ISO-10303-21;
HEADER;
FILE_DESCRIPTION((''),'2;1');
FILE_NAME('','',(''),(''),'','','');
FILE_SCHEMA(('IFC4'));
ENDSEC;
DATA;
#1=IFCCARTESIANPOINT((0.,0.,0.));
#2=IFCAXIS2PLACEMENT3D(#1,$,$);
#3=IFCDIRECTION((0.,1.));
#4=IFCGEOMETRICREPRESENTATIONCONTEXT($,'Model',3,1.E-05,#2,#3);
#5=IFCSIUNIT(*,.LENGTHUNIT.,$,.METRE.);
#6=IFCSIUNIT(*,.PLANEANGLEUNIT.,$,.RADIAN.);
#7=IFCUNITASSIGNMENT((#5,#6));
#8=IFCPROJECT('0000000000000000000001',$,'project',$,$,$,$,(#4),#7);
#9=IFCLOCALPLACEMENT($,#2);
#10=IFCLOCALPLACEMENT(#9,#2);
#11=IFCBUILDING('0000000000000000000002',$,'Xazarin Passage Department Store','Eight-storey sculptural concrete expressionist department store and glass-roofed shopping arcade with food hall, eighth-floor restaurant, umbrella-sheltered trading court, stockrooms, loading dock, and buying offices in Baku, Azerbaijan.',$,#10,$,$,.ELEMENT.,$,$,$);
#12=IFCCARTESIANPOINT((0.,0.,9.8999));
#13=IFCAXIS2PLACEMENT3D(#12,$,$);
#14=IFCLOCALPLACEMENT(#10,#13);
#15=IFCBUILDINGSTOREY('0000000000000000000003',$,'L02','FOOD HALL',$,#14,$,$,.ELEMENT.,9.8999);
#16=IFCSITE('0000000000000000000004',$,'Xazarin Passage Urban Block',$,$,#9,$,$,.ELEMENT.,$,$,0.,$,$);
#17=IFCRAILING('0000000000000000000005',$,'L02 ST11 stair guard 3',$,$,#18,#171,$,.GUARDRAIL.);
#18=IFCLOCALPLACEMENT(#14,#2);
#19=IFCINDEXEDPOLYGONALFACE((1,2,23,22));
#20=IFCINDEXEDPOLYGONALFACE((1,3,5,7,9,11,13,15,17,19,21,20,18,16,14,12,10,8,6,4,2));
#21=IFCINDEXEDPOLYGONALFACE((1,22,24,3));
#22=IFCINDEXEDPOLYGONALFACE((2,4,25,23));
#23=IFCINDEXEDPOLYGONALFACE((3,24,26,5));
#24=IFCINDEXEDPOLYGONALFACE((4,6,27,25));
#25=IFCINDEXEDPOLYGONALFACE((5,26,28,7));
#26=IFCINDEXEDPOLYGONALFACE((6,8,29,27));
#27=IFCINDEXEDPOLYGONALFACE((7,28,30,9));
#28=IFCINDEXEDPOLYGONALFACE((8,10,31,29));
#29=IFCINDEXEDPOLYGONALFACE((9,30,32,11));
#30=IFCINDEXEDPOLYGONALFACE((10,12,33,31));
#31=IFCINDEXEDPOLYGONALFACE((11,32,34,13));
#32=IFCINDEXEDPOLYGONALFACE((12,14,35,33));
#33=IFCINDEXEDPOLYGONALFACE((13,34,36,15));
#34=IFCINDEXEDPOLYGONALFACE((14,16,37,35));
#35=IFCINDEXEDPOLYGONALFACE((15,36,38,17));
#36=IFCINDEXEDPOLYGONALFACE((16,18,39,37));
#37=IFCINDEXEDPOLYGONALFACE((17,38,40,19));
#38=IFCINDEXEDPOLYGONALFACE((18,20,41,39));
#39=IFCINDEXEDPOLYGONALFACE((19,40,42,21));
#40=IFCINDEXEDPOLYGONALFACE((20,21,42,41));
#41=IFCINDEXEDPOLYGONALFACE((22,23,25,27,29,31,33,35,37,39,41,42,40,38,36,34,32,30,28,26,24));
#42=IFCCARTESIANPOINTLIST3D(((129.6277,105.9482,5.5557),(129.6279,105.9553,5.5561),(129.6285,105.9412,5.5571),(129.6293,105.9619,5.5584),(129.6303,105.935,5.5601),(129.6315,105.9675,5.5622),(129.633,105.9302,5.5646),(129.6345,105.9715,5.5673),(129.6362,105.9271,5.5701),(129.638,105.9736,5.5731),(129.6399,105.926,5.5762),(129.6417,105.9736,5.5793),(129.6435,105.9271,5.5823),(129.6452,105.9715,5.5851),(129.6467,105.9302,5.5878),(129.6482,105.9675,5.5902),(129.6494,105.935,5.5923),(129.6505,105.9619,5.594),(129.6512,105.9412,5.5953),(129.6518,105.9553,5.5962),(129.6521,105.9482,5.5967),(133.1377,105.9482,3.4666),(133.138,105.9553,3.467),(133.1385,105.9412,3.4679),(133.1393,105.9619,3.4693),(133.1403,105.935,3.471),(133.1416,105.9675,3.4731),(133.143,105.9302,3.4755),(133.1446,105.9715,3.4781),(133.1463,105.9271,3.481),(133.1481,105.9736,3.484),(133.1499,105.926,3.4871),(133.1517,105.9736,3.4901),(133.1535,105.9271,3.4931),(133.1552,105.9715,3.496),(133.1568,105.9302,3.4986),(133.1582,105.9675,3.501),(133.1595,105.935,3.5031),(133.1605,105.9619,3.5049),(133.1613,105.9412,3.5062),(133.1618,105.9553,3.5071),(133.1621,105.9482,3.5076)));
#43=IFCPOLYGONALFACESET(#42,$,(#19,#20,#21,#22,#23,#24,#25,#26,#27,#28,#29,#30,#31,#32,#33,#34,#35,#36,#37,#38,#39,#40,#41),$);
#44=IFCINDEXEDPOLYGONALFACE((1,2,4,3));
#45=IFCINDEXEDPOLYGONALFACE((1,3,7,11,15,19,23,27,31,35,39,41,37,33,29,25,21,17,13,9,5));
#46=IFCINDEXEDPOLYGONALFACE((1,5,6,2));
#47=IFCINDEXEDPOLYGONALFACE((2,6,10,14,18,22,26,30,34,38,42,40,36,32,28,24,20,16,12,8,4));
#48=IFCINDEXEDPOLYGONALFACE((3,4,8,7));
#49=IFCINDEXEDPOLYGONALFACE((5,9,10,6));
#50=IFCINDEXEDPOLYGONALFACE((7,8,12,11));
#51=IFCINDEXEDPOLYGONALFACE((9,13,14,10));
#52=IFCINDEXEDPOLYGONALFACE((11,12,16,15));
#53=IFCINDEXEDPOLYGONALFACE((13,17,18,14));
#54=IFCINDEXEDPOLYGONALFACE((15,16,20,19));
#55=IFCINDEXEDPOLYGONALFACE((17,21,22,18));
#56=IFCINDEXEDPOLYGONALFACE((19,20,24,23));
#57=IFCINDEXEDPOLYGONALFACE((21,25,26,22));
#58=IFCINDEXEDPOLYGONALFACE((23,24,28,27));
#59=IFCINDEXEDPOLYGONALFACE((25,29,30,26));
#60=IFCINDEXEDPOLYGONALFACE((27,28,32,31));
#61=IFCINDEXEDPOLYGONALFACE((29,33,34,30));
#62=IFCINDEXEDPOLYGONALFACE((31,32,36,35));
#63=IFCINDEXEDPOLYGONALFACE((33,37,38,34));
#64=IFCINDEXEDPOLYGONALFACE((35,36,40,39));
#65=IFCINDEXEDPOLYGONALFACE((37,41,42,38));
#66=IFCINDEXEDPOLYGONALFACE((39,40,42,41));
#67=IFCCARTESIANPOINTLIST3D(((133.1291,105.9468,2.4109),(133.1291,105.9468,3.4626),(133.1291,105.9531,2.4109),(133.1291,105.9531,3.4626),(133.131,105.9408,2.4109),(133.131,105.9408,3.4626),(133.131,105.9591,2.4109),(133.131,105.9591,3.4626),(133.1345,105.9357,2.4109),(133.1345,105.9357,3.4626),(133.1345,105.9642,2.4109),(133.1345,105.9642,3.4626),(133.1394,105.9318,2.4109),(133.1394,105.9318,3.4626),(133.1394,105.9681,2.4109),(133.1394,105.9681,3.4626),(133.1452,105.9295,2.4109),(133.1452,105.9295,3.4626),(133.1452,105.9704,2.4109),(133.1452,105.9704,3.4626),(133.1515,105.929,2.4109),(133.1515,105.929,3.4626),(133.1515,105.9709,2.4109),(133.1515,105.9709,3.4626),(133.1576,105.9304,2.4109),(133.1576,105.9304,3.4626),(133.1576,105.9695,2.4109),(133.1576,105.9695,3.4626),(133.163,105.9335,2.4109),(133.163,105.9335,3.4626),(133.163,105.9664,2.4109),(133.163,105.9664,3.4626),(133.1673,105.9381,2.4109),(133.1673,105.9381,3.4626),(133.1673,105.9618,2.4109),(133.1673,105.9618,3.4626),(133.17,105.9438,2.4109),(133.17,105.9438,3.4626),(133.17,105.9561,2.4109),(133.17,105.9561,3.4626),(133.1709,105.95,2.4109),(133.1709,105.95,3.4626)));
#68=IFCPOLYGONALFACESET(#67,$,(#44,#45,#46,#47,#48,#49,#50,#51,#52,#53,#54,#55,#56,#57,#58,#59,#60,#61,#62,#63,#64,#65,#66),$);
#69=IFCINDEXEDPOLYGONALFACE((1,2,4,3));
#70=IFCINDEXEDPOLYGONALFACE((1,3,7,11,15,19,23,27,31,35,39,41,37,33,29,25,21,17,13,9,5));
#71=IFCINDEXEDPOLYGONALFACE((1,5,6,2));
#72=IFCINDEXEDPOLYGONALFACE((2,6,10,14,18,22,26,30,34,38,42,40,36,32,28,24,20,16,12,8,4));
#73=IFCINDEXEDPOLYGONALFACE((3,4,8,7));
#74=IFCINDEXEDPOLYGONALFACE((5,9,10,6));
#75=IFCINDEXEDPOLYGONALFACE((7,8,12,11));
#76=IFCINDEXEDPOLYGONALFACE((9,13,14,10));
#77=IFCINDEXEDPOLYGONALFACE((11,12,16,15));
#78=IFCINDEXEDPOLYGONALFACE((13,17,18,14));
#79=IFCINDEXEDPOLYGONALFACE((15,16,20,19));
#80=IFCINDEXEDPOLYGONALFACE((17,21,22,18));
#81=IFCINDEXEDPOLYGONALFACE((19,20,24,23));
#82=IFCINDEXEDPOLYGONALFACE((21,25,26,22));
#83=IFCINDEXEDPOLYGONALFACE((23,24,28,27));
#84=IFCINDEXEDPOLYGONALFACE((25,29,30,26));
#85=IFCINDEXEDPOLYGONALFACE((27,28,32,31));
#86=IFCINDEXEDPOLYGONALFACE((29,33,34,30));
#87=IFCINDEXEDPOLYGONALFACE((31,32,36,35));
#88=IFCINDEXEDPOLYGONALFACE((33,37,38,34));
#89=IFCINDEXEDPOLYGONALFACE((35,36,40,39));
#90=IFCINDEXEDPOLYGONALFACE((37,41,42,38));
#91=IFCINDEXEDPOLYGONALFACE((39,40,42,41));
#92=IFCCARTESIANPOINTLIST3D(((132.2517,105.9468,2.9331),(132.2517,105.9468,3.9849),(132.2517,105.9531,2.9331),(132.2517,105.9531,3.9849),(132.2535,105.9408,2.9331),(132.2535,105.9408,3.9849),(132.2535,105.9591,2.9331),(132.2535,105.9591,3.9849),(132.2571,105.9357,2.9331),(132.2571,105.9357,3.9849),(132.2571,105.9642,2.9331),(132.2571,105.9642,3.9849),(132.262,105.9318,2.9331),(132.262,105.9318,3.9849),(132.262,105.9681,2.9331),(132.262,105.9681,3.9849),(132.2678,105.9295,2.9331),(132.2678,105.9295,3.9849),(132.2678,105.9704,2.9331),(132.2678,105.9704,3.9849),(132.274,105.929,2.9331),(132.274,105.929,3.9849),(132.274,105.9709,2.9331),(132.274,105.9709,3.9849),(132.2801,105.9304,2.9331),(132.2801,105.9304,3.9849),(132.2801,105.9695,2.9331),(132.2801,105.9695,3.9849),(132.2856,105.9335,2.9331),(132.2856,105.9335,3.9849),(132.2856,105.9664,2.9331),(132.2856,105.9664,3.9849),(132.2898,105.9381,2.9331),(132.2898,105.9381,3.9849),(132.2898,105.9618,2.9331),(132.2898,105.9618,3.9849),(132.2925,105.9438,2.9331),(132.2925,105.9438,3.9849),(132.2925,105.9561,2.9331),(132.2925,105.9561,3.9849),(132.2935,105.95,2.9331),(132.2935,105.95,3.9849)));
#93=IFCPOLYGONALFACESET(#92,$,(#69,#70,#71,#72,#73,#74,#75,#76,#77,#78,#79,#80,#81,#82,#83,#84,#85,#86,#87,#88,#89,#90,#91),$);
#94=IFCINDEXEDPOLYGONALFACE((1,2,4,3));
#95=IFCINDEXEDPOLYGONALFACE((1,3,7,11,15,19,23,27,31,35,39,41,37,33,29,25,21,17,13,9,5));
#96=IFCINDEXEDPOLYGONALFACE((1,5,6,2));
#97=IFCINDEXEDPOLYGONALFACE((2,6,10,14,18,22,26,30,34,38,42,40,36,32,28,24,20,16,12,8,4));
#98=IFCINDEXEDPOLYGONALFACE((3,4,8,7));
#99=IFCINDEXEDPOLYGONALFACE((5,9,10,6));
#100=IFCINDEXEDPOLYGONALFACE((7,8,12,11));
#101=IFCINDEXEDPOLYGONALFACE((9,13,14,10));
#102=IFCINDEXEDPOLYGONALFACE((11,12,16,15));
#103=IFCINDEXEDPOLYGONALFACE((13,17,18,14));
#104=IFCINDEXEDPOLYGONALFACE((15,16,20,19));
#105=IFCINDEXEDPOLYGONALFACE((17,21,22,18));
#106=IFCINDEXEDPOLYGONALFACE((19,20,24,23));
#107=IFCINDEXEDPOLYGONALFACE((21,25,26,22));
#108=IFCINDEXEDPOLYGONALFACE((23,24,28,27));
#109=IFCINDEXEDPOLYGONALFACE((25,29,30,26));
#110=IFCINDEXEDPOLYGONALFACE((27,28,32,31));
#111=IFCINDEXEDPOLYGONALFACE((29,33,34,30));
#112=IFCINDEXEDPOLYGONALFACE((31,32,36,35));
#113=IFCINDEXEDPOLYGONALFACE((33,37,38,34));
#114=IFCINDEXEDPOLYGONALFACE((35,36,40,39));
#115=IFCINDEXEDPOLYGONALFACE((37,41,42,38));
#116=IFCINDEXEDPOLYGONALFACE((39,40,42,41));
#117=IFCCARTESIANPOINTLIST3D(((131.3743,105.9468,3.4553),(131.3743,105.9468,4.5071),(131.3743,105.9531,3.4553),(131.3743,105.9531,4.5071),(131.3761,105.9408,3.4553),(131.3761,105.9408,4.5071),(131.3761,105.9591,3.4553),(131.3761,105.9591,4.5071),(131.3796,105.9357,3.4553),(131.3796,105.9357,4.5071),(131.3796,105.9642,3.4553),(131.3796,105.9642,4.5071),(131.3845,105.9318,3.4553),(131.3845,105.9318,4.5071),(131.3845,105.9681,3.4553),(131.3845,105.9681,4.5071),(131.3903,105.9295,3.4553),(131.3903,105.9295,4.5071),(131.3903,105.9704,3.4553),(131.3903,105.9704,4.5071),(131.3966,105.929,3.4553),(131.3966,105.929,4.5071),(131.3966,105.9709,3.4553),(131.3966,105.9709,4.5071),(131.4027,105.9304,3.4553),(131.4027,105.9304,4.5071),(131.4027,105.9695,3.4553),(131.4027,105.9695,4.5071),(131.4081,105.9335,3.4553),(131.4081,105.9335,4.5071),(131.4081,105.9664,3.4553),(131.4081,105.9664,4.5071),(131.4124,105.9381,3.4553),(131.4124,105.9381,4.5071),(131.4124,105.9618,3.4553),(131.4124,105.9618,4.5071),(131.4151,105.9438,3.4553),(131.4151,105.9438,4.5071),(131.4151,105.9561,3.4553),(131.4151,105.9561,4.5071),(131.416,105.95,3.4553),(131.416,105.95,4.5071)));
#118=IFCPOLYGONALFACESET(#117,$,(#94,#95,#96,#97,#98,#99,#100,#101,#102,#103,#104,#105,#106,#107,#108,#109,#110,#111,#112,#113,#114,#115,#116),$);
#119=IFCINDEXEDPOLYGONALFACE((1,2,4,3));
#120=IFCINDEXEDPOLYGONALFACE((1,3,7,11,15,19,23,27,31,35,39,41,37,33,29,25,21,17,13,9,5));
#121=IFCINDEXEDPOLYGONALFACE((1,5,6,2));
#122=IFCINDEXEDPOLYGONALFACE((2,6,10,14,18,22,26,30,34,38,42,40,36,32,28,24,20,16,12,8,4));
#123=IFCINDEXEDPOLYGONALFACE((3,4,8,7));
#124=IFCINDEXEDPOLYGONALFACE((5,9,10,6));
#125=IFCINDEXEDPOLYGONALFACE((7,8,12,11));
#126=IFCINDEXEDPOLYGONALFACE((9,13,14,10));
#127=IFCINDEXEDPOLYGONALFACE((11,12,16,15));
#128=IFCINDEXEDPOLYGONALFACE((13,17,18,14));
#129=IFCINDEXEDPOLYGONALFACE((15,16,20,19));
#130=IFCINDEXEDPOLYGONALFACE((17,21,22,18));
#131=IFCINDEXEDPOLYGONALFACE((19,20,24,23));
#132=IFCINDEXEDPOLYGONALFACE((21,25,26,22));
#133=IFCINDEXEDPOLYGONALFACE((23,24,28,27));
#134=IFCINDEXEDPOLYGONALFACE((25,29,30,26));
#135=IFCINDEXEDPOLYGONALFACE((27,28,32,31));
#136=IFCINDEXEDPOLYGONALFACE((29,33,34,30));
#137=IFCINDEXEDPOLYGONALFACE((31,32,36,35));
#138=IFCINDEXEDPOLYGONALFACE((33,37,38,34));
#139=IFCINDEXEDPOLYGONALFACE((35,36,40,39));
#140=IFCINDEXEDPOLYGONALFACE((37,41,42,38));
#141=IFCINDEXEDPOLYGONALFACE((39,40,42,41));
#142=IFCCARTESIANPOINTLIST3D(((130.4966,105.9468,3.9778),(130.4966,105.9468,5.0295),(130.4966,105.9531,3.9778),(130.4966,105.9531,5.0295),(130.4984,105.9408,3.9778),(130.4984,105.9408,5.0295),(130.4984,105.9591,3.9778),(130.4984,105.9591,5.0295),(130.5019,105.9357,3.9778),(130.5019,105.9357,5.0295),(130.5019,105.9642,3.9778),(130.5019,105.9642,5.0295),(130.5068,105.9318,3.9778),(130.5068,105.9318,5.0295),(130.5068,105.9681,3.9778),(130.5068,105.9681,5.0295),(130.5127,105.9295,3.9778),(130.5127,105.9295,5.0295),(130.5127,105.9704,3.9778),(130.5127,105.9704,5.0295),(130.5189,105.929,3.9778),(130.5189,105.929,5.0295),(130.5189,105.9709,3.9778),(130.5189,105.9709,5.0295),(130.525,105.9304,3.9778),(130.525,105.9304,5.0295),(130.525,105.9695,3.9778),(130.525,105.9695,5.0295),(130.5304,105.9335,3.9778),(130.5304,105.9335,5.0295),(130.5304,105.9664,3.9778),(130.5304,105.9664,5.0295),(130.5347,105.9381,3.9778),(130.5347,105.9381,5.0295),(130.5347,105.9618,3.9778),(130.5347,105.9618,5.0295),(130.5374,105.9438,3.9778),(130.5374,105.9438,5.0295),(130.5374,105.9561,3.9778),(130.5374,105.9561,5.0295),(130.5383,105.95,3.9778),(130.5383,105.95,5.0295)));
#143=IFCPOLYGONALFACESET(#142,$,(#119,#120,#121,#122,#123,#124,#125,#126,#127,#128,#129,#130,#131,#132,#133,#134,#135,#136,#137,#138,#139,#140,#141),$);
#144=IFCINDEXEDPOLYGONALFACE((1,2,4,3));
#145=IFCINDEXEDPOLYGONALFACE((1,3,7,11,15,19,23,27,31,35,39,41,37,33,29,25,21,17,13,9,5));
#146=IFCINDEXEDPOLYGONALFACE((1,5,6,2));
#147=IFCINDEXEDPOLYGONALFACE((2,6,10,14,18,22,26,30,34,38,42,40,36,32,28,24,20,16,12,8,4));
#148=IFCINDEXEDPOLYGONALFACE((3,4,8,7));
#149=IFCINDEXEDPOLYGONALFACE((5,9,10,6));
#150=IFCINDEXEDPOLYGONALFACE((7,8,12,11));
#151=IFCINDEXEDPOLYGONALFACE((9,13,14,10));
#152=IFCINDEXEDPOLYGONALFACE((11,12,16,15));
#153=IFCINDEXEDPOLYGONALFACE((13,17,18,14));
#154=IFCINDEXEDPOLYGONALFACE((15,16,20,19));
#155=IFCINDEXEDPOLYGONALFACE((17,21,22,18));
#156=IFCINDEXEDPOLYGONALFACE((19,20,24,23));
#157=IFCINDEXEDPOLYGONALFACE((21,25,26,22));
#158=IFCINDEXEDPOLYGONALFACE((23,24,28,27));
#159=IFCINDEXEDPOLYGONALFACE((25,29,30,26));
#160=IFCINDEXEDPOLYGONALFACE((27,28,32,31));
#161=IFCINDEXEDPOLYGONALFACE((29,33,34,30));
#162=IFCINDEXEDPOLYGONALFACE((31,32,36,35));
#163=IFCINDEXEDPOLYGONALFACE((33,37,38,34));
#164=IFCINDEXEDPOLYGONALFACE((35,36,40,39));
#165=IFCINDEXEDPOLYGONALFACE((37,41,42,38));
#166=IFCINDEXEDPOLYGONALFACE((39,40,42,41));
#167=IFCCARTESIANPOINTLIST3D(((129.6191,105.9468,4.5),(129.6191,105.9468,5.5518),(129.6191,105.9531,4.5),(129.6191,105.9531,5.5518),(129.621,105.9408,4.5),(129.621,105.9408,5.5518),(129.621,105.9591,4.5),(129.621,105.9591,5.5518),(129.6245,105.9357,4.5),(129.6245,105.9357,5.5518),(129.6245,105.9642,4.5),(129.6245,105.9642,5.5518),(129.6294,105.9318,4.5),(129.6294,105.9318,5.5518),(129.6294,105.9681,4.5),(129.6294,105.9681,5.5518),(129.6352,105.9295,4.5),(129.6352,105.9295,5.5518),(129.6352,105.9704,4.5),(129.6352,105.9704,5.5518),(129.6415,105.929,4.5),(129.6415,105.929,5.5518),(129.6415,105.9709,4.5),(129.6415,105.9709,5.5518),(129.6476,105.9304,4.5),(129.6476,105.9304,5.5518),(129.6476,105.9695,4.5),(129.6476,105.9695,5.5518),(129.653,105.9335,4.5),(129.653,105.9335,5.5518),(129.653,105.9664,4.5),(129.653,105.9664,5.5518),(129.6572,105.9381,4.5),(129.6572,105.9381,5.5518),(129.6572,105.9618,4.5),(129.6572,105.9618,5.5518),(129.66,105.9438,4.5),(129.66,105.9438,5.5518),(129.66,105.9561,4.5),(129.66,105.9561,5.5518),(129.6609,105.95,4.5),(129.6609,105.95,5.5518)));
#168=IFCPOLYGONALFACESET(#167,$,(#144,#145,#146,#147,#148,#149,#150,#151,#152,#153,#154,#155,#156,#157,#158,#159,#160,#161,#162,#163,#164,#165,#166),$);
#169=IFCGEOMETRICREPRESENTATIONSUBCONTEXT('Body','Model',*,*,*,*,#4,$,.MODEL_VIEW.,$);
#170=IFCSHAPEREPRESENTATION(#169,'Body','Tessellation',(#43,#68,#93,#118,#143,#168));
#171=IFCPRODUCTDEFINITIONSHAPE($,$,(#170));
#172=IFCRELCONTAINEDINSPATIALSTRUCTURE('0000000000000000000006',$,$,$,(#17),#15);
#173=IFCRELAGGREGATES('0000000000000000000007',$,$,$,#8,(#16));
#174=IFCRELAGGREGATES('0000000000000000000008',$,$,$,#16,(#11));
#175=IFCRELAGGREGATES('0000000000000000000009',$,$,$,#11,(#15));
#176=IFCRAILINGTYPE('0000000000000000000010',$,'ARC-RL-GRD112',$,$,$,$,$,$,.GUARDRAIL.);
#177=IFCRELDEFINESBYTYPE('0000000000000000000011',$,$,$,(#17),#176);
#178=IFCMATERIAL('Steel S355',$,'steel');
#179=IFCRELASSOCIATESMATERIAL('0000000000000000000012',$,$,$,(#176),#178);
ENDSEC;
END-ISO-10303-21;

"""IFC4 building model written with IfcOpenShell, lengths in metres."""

from ifc_helpers import new_model, si_unit, direction, frame, origin, origin_2d, place, context, subcontext, project, spatial, circle, extrude, material, type_object, element, save


model = new_model("IFC4")

# Units and contexts
model_context = context("Model", 3, precision=1e-05, world=origin(), true_north=direction((0.0, 1.0)))
body_context = subcontext(model_context, "Body", "Model", "MODEL_VIEW")
ifc_project = project(units=[si_unit("LENGTHUNIT", "METRE"), si_unit("PLANEANGLEUNIT", "RADIAN")], contexts=[model_context])

# Site, building, storey
site_placement = place(None, origin())
site = spatial("IfcSite", under=ifc_project, at=site_placement, Name="Xazarin Passage Urban Block", CompositionType="ELEMENT", RefElevation=0.0)
building_placement = place(site_placement, origin())
building = spatial("IfcBuilding", under=site, at=building_placement, Name="Xazarin Passage Department Store", Description="Eight-storey sculptural concrete expressionist department store and glass-roofed shopping arcade with food hall, eighth-floor restaurant, umbrella-sheltered trading court, stockrooms, loading dock, and buying offices in Baku, Azerbaijan.", CompositionType="ELEMENT")
storey_placement = place(building_placement, frame((0.0, 0.0, 9.8999)))
storey = spatial("IfcBuildingStorey", under=building, at=storey_placement, Name="L02", Description="FOOD HALL", CompositionType="ELEMENT", Elevation=9.8999)

# Shared definitions
ifc_material_1 = material(Name="Steel S355", Category="steel")

# Railing
railing_type_1 = type_object("IfcRailingType", Name="ARC-RL-GRD112", PredefinedType="GUARDRAIL", material=ifc_material_1)
railing_1_placement = place(storey_placement, frame((133.1499, 105.95, 2.4109)))
element("IfcRailing", 1, at=railing_1_placement, inside=storey, type_object=railing_type_1, Name="L02 ST11 stair guard 3", PredefinedType="GUARDRAIL", context=body_context, shape_type="SweptSolid", body=[
    extrude(circle(Radius=0.0239, at=origin_2d()), frame((0.0, 0.0, 1.0762), z_axis=(-0.859312, 0.0, 0.511451), x_axis=(0.0, -1.0, 0.0)), (0.0, 0.0, 1.0), 4.0847),
    extrude(circle(Radius=0.021, at=origin_2d()), origin(), (0.0, 0.0, 1.0), 1.0518),
    extrude(circle(Radius=0.021, at=origin_2d()), frame((-0.8774, 0.0, 0.5222)), (0.0, 0.0, 1.0), 1.0518),
    extrude(circle(Radius=0.021, at=origin_2d()), frame((-1.7549, 0.0, 1.0444)), (0.0, 0.0, 1.0), 1.0518),
    extrude(circle(Radius=0.021, at=origin_2d()), frame((-2.6326, 0.0, 1.5669)), (0.0, 0.0, 1.0), 1.0518),
    extrude(circle(Radius=0.021, at=origin_2d()), frame((-3.51, 0.0, 2.0891)), (0.0, 0.0, 1.0), 1.0518),
])

save(model, "model.ifc")
